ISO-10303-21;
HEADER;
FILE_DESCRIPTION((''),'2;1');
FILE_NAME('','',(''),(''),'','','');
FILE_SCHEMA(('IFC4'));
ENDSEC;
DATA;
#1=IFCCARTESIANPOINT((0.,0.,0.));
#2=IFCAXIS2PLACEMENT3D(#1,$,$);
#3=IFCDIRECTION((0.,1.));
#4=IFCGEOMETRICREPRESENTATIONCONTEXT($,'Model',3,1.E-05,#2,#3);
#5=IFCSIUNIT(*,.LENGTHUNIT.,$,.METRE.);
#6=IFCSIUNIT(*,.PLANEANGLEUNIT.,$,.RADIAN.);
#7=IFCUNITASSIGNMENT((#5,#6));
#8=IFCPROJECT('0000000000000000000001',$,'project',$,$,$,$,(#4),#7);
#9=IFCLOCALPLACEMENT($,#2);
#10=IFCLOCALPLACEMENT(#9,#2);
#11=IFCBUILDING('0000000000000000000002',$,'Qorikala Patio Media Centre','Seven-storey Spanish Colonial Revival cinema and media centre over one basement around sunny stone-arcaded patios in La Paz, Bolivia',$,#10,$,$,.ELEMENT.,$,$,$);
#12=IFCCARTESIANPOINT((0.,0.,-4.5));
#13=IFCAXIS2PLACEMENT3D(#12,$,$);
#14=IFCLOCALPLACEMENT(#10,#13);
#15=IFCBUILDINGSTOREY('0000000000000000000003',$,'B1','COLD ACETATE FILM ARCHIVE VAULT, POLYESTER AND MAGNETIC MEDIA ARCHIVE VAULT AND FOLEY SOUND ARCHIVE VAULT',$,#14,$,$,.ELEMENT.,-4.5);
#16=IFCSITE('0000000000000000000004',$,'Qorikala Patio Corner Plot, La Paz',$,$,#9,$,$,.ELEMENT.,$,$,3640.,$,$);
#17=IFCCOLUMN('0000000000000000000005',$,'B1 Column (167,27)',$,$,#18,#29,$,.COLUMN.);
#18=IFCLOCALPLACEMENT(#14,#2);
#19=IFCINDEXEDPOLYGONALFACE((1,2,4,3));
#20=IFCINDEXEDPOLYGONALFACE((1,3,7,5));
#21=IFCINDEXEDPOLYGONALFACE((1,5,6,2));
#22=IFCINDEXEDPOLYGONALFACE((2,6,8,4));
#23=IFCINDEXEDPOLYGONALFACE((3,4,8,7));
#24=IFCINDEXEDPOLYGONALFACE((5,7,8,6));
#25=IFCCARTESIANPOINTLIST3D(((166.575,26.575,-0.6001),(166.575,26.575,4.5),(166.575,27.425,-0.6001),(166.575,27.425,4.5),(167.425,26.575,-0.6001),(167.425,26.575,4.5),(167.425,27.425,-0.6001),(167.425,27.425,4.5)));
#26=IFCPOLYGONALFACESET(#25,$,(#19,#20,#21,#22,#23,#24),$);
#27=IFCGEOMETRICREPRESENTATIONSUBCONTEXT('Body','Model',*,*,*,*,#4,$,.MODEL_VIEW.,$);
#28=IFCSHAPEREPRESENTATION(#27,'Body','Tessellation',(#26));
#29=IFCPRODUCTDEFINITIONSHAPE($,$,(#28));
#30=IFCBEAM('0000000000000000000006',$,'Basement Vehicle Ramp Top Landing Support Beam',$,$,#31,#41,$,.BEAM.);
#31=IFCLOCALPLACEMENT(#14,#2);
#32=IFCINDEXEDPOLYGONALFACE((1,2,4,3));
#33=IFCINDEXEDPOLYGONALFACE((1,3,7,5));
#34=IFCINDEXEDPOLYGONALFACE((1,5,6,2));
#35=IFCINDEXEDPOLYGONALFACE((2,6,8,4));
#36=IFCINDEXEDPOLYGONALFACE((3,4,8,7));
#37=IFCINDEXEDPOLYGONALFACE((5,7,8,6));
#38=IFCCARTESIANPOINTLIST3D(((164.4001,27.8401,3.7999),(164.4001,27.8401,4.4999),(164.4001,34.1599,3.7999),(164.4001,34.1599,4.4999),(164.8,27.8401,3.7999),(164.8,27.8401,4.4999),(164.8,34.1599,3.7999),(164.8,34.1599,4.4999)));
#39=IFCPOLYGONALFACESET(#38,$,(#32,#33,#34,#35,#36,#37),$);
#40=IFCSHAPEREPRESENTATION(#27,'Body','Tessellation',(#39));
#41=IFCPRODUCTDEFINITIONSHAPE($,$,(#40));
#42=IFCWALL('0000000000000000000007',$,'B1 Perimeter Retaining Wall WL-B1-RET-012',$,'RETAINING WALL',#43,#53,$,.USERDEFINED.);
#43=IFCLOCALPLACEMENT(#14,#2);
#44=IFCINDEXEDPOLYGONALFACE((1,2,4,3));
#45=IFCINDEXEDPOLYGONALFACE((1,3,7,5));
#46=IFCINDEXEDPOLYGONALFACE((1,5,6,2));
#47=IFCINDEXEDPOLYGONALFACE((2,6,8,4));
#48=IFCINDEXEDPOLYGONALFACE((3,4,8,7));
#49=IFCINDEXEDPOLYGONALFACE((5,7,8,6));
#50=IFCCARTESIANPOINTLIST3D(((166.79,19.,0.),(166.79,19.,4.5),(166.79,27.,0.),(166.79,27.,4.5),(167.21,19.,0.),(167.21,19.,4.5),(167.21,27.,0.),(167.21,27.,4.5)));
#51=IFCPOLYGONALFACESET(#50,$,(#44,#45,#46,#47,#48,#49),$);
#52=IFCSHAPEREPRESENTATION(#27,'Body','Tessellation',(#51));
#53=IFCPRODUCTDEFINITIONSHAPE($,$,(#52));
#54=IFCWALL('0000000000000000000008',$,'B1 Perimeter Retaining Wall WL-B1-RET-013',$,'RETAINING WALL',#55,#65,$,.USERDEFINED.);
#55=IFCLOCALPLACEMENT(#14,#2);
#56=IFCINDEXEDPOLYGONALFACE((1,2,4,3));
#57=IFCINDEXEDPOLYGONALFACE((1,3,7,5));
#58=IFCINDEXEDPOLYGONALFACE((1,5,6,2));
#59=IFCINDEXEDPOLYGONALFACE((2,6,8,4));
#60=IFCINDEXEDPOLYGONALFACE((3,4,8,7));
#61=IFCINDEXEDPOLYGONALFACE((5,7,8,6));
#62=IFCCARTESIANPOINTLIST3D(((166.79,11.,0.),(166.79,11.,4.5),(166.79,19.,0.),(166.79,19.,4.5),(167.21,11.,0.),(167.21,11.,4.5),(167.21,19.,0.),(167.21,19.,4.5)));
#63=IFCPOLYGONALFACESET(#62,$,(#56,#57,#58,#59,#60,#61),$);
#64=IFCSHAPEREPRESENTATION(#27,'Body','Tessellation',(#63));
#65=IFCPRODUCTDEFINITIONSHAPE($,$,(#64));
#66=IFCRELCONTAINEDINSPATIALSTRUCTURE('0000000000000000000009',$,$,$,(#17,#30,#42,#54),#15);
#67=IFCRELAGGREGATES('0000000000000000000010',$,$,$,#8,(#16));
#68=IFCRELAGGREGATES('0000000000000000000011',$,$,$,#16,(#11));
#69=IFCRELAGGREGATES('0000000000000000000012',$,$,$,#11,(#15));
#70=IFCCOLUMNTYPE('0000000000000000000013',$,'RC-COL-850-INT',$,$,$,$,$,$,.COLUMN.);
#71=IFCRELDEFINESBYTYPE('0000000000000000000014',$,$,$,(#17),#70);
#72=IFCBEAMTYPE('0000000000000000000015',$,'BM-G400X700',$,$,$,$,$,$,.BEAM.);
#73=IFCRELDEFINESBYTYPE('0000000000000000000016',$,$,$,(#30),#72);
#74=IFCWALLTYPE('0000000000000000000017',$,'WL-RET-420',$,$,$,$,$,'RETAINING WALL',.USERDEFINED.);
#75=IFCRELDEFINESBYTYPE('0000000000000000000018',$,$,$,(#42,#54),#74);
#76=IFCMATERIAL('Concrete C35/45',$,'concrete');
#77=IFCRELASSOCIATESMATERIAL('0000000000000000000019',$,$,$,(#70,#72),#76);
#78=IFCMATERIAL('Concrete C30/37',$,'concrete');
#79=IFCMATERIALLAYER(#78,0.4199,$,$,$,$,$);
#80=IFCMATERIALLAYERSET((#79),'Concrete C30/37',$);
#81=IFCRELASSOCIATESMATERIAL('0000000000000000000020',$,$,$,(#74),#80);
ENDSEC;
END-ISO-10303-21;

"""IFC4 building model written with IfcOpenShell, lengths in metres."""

from ifc_helpers import new_model, si_unit, direction, frame, frame_2d, origin, origin_2d, place, context, subcontext, project, spatial, rectangle, extrude, material, layer, layer_set, material_profile, profile_set, type_object, element, save


model = new_model("IFC4")

# Units and contexts
model_context = context("Model", 3, precision=1e-05, world=origin(), true_north=direction((0.0, 1.0)))
body_context = subcontext(model_context, "Body", "Model", "MODEL_VIEW")
ifc_project = project(units=[si_unit("LENGTHUNIT", "METRE"), si_unit("PLANEANGLEUNIT", "RADIAN")], contexts=[model_context])

# Site, building, storey
site_placement = place(None, origin())
site = spatial("IfcSite", under=ifc_project, at=site_placement, Name="Qorikala Patio Corner Plot, La Paz", CompositionType="ELEMENT", RefElevation=3640.0)
building_placement = place(site_placement, origin())
building = spatial("IfcBuilding", under=site, at=building_placement, Name="Qorikala Patio Media Centre", Description="Seven-storey Spanish Colonial Revival cinema and media centre over one basement around sunny stone-arcaded patios in La Paz, Bolivia", CompositionType="ELEMENT")
storey_placement = place(building_placement, frame((0.0, 0.0, -4.5)))
storey = spatial("IfcBuildingStorey", under=building, at=storey_placement, Name="B1", Description="COLD ACETATE FILM ARCHIVE VAULT, POLYESTER AND MAGNETIC MEDIA ARCHIVE VAULT AND FOLEY SOUND ARCHIVE VAULT", CompositionType="ELEMENT", Elevation=-4.5)

# Shared definitions
ifc_material_1 = material(Name="Concrete C30/37", Category="concrete")

# Column
ifc_material_2 = material(Name="Concrete C35/45", Category="concrete")
ifc_material_profile_1 = material_profile(ifc_material_2, rectangle(XDim=0.8501, YDim=0.8501, at=origin_2d()), Name="RC 850x850")
ifc_profile_set_1 = profile_set([ifc_material_profile_1], Name="Concrete C35/45")
column_type = type_object("IfcColumnType", Name="RC-COL-850-INT", PredefinedType="COLUMN", material=ifc_profile_set_1)
for number, where, z_axis, x_axis, name in (
    (1, (167.0, 27.0, -0.6001), (0.0, 0.0, 1.0), (1.0, 0.0, 0.0), "B1 Column (167,27)"),
):
    element("IfcColumn", number, at=place(storey_placement, frame(where, z_axis=z_axis, x_axis=x_axis)), inside=storey, type_object=column_type, Name=name, PredefinedType="COLUMN", context=body_context, shape_type="SweptSolid", body=[
        extrude(rectangle(XDim=0.8501, YDim=0.8501, at=origin_2d()), origin(), (0.0, 0.0, 1.0), 5.1001),
    ])

# Beam
ifc_material_profile_2 = material_profile(ifc_material_2, rectangle(XDim=0.3999, YDim=0.7, at=origin_2d()), Name="RC 400x700")
ifc_profile_set_2 = profile_set([ifc_material_profile_2], Name="Concrete C35/45")
beam_type = type_object("IfcBeamType", Name="BM-G400X700", PredefinedType="BEAM", material=ifc_profile_set_2)
beam_placement = place(storey_placement, frame((164.6001, 27.8401, 4.1499), z_axis=(0.0, 1.0, 0.0), x_axis=(-1.0, 0.0, 0.0)))
element("IfcBeam", 2, at=beam_placement, inside=storey, type_object=beam_type, Name="Basement Vehicle Ramp Top Landing Support Beam", PredefinedType="BEAM", context=body_context, shape_type="SweptSolid", body=[
    extrude(rectangle(XDim=0.3999, YDim=0.7, at=origin_2d()), origin(), (0.0, 0.0, 1.0), 6.3198),
])

# Walls
ifc_layer_1 = layer(ifc_material_1, 0.4199)
ifc_layer_set_1 = layer_set([ifc_layer_1], Name="Concrete C30/37")
wall_type = type_object("IfcWallType", Name="WL-RET-420", ElementType="RETAINING WALL", PredefinedType="USERDEFINED", material=ifc_layer_set_1)
for number, where, z_axis, x_axis, name in (
    (3, (167.0, 27.0, 0.0), (0.0, 0.0, 1.0), (0.0, -1.0, 0.0), "B1 Perimeter Retaining Wall WL-B1-RET-012"),
    (4, (167.0, 19.0, 0.0), (0.0, 0.0, 1.0), (0.0, -1.0, 0.0), "B1 Perimeter Retaining Wall WL-B1-RET-013"),
):
    element("IfcWall", number, at=place(storey_placement, frame(where, z_axis=z_axis, x_axis=x_axis)), inside=storey, type_object=wall_type, Name=name, ObjectType="RETAINING WALL", PredefinedType="USERDEFINED", context=body_context, shape_type="SweptSolid", body=[
        extrude(rectangle(XDim=8.0, YDim=0.4199, at=frame_2d((4.0, 0.0))), origin(), (0.0, 0.0, 1.0), 4.5),
    ])

save(model, "model.ifc")
